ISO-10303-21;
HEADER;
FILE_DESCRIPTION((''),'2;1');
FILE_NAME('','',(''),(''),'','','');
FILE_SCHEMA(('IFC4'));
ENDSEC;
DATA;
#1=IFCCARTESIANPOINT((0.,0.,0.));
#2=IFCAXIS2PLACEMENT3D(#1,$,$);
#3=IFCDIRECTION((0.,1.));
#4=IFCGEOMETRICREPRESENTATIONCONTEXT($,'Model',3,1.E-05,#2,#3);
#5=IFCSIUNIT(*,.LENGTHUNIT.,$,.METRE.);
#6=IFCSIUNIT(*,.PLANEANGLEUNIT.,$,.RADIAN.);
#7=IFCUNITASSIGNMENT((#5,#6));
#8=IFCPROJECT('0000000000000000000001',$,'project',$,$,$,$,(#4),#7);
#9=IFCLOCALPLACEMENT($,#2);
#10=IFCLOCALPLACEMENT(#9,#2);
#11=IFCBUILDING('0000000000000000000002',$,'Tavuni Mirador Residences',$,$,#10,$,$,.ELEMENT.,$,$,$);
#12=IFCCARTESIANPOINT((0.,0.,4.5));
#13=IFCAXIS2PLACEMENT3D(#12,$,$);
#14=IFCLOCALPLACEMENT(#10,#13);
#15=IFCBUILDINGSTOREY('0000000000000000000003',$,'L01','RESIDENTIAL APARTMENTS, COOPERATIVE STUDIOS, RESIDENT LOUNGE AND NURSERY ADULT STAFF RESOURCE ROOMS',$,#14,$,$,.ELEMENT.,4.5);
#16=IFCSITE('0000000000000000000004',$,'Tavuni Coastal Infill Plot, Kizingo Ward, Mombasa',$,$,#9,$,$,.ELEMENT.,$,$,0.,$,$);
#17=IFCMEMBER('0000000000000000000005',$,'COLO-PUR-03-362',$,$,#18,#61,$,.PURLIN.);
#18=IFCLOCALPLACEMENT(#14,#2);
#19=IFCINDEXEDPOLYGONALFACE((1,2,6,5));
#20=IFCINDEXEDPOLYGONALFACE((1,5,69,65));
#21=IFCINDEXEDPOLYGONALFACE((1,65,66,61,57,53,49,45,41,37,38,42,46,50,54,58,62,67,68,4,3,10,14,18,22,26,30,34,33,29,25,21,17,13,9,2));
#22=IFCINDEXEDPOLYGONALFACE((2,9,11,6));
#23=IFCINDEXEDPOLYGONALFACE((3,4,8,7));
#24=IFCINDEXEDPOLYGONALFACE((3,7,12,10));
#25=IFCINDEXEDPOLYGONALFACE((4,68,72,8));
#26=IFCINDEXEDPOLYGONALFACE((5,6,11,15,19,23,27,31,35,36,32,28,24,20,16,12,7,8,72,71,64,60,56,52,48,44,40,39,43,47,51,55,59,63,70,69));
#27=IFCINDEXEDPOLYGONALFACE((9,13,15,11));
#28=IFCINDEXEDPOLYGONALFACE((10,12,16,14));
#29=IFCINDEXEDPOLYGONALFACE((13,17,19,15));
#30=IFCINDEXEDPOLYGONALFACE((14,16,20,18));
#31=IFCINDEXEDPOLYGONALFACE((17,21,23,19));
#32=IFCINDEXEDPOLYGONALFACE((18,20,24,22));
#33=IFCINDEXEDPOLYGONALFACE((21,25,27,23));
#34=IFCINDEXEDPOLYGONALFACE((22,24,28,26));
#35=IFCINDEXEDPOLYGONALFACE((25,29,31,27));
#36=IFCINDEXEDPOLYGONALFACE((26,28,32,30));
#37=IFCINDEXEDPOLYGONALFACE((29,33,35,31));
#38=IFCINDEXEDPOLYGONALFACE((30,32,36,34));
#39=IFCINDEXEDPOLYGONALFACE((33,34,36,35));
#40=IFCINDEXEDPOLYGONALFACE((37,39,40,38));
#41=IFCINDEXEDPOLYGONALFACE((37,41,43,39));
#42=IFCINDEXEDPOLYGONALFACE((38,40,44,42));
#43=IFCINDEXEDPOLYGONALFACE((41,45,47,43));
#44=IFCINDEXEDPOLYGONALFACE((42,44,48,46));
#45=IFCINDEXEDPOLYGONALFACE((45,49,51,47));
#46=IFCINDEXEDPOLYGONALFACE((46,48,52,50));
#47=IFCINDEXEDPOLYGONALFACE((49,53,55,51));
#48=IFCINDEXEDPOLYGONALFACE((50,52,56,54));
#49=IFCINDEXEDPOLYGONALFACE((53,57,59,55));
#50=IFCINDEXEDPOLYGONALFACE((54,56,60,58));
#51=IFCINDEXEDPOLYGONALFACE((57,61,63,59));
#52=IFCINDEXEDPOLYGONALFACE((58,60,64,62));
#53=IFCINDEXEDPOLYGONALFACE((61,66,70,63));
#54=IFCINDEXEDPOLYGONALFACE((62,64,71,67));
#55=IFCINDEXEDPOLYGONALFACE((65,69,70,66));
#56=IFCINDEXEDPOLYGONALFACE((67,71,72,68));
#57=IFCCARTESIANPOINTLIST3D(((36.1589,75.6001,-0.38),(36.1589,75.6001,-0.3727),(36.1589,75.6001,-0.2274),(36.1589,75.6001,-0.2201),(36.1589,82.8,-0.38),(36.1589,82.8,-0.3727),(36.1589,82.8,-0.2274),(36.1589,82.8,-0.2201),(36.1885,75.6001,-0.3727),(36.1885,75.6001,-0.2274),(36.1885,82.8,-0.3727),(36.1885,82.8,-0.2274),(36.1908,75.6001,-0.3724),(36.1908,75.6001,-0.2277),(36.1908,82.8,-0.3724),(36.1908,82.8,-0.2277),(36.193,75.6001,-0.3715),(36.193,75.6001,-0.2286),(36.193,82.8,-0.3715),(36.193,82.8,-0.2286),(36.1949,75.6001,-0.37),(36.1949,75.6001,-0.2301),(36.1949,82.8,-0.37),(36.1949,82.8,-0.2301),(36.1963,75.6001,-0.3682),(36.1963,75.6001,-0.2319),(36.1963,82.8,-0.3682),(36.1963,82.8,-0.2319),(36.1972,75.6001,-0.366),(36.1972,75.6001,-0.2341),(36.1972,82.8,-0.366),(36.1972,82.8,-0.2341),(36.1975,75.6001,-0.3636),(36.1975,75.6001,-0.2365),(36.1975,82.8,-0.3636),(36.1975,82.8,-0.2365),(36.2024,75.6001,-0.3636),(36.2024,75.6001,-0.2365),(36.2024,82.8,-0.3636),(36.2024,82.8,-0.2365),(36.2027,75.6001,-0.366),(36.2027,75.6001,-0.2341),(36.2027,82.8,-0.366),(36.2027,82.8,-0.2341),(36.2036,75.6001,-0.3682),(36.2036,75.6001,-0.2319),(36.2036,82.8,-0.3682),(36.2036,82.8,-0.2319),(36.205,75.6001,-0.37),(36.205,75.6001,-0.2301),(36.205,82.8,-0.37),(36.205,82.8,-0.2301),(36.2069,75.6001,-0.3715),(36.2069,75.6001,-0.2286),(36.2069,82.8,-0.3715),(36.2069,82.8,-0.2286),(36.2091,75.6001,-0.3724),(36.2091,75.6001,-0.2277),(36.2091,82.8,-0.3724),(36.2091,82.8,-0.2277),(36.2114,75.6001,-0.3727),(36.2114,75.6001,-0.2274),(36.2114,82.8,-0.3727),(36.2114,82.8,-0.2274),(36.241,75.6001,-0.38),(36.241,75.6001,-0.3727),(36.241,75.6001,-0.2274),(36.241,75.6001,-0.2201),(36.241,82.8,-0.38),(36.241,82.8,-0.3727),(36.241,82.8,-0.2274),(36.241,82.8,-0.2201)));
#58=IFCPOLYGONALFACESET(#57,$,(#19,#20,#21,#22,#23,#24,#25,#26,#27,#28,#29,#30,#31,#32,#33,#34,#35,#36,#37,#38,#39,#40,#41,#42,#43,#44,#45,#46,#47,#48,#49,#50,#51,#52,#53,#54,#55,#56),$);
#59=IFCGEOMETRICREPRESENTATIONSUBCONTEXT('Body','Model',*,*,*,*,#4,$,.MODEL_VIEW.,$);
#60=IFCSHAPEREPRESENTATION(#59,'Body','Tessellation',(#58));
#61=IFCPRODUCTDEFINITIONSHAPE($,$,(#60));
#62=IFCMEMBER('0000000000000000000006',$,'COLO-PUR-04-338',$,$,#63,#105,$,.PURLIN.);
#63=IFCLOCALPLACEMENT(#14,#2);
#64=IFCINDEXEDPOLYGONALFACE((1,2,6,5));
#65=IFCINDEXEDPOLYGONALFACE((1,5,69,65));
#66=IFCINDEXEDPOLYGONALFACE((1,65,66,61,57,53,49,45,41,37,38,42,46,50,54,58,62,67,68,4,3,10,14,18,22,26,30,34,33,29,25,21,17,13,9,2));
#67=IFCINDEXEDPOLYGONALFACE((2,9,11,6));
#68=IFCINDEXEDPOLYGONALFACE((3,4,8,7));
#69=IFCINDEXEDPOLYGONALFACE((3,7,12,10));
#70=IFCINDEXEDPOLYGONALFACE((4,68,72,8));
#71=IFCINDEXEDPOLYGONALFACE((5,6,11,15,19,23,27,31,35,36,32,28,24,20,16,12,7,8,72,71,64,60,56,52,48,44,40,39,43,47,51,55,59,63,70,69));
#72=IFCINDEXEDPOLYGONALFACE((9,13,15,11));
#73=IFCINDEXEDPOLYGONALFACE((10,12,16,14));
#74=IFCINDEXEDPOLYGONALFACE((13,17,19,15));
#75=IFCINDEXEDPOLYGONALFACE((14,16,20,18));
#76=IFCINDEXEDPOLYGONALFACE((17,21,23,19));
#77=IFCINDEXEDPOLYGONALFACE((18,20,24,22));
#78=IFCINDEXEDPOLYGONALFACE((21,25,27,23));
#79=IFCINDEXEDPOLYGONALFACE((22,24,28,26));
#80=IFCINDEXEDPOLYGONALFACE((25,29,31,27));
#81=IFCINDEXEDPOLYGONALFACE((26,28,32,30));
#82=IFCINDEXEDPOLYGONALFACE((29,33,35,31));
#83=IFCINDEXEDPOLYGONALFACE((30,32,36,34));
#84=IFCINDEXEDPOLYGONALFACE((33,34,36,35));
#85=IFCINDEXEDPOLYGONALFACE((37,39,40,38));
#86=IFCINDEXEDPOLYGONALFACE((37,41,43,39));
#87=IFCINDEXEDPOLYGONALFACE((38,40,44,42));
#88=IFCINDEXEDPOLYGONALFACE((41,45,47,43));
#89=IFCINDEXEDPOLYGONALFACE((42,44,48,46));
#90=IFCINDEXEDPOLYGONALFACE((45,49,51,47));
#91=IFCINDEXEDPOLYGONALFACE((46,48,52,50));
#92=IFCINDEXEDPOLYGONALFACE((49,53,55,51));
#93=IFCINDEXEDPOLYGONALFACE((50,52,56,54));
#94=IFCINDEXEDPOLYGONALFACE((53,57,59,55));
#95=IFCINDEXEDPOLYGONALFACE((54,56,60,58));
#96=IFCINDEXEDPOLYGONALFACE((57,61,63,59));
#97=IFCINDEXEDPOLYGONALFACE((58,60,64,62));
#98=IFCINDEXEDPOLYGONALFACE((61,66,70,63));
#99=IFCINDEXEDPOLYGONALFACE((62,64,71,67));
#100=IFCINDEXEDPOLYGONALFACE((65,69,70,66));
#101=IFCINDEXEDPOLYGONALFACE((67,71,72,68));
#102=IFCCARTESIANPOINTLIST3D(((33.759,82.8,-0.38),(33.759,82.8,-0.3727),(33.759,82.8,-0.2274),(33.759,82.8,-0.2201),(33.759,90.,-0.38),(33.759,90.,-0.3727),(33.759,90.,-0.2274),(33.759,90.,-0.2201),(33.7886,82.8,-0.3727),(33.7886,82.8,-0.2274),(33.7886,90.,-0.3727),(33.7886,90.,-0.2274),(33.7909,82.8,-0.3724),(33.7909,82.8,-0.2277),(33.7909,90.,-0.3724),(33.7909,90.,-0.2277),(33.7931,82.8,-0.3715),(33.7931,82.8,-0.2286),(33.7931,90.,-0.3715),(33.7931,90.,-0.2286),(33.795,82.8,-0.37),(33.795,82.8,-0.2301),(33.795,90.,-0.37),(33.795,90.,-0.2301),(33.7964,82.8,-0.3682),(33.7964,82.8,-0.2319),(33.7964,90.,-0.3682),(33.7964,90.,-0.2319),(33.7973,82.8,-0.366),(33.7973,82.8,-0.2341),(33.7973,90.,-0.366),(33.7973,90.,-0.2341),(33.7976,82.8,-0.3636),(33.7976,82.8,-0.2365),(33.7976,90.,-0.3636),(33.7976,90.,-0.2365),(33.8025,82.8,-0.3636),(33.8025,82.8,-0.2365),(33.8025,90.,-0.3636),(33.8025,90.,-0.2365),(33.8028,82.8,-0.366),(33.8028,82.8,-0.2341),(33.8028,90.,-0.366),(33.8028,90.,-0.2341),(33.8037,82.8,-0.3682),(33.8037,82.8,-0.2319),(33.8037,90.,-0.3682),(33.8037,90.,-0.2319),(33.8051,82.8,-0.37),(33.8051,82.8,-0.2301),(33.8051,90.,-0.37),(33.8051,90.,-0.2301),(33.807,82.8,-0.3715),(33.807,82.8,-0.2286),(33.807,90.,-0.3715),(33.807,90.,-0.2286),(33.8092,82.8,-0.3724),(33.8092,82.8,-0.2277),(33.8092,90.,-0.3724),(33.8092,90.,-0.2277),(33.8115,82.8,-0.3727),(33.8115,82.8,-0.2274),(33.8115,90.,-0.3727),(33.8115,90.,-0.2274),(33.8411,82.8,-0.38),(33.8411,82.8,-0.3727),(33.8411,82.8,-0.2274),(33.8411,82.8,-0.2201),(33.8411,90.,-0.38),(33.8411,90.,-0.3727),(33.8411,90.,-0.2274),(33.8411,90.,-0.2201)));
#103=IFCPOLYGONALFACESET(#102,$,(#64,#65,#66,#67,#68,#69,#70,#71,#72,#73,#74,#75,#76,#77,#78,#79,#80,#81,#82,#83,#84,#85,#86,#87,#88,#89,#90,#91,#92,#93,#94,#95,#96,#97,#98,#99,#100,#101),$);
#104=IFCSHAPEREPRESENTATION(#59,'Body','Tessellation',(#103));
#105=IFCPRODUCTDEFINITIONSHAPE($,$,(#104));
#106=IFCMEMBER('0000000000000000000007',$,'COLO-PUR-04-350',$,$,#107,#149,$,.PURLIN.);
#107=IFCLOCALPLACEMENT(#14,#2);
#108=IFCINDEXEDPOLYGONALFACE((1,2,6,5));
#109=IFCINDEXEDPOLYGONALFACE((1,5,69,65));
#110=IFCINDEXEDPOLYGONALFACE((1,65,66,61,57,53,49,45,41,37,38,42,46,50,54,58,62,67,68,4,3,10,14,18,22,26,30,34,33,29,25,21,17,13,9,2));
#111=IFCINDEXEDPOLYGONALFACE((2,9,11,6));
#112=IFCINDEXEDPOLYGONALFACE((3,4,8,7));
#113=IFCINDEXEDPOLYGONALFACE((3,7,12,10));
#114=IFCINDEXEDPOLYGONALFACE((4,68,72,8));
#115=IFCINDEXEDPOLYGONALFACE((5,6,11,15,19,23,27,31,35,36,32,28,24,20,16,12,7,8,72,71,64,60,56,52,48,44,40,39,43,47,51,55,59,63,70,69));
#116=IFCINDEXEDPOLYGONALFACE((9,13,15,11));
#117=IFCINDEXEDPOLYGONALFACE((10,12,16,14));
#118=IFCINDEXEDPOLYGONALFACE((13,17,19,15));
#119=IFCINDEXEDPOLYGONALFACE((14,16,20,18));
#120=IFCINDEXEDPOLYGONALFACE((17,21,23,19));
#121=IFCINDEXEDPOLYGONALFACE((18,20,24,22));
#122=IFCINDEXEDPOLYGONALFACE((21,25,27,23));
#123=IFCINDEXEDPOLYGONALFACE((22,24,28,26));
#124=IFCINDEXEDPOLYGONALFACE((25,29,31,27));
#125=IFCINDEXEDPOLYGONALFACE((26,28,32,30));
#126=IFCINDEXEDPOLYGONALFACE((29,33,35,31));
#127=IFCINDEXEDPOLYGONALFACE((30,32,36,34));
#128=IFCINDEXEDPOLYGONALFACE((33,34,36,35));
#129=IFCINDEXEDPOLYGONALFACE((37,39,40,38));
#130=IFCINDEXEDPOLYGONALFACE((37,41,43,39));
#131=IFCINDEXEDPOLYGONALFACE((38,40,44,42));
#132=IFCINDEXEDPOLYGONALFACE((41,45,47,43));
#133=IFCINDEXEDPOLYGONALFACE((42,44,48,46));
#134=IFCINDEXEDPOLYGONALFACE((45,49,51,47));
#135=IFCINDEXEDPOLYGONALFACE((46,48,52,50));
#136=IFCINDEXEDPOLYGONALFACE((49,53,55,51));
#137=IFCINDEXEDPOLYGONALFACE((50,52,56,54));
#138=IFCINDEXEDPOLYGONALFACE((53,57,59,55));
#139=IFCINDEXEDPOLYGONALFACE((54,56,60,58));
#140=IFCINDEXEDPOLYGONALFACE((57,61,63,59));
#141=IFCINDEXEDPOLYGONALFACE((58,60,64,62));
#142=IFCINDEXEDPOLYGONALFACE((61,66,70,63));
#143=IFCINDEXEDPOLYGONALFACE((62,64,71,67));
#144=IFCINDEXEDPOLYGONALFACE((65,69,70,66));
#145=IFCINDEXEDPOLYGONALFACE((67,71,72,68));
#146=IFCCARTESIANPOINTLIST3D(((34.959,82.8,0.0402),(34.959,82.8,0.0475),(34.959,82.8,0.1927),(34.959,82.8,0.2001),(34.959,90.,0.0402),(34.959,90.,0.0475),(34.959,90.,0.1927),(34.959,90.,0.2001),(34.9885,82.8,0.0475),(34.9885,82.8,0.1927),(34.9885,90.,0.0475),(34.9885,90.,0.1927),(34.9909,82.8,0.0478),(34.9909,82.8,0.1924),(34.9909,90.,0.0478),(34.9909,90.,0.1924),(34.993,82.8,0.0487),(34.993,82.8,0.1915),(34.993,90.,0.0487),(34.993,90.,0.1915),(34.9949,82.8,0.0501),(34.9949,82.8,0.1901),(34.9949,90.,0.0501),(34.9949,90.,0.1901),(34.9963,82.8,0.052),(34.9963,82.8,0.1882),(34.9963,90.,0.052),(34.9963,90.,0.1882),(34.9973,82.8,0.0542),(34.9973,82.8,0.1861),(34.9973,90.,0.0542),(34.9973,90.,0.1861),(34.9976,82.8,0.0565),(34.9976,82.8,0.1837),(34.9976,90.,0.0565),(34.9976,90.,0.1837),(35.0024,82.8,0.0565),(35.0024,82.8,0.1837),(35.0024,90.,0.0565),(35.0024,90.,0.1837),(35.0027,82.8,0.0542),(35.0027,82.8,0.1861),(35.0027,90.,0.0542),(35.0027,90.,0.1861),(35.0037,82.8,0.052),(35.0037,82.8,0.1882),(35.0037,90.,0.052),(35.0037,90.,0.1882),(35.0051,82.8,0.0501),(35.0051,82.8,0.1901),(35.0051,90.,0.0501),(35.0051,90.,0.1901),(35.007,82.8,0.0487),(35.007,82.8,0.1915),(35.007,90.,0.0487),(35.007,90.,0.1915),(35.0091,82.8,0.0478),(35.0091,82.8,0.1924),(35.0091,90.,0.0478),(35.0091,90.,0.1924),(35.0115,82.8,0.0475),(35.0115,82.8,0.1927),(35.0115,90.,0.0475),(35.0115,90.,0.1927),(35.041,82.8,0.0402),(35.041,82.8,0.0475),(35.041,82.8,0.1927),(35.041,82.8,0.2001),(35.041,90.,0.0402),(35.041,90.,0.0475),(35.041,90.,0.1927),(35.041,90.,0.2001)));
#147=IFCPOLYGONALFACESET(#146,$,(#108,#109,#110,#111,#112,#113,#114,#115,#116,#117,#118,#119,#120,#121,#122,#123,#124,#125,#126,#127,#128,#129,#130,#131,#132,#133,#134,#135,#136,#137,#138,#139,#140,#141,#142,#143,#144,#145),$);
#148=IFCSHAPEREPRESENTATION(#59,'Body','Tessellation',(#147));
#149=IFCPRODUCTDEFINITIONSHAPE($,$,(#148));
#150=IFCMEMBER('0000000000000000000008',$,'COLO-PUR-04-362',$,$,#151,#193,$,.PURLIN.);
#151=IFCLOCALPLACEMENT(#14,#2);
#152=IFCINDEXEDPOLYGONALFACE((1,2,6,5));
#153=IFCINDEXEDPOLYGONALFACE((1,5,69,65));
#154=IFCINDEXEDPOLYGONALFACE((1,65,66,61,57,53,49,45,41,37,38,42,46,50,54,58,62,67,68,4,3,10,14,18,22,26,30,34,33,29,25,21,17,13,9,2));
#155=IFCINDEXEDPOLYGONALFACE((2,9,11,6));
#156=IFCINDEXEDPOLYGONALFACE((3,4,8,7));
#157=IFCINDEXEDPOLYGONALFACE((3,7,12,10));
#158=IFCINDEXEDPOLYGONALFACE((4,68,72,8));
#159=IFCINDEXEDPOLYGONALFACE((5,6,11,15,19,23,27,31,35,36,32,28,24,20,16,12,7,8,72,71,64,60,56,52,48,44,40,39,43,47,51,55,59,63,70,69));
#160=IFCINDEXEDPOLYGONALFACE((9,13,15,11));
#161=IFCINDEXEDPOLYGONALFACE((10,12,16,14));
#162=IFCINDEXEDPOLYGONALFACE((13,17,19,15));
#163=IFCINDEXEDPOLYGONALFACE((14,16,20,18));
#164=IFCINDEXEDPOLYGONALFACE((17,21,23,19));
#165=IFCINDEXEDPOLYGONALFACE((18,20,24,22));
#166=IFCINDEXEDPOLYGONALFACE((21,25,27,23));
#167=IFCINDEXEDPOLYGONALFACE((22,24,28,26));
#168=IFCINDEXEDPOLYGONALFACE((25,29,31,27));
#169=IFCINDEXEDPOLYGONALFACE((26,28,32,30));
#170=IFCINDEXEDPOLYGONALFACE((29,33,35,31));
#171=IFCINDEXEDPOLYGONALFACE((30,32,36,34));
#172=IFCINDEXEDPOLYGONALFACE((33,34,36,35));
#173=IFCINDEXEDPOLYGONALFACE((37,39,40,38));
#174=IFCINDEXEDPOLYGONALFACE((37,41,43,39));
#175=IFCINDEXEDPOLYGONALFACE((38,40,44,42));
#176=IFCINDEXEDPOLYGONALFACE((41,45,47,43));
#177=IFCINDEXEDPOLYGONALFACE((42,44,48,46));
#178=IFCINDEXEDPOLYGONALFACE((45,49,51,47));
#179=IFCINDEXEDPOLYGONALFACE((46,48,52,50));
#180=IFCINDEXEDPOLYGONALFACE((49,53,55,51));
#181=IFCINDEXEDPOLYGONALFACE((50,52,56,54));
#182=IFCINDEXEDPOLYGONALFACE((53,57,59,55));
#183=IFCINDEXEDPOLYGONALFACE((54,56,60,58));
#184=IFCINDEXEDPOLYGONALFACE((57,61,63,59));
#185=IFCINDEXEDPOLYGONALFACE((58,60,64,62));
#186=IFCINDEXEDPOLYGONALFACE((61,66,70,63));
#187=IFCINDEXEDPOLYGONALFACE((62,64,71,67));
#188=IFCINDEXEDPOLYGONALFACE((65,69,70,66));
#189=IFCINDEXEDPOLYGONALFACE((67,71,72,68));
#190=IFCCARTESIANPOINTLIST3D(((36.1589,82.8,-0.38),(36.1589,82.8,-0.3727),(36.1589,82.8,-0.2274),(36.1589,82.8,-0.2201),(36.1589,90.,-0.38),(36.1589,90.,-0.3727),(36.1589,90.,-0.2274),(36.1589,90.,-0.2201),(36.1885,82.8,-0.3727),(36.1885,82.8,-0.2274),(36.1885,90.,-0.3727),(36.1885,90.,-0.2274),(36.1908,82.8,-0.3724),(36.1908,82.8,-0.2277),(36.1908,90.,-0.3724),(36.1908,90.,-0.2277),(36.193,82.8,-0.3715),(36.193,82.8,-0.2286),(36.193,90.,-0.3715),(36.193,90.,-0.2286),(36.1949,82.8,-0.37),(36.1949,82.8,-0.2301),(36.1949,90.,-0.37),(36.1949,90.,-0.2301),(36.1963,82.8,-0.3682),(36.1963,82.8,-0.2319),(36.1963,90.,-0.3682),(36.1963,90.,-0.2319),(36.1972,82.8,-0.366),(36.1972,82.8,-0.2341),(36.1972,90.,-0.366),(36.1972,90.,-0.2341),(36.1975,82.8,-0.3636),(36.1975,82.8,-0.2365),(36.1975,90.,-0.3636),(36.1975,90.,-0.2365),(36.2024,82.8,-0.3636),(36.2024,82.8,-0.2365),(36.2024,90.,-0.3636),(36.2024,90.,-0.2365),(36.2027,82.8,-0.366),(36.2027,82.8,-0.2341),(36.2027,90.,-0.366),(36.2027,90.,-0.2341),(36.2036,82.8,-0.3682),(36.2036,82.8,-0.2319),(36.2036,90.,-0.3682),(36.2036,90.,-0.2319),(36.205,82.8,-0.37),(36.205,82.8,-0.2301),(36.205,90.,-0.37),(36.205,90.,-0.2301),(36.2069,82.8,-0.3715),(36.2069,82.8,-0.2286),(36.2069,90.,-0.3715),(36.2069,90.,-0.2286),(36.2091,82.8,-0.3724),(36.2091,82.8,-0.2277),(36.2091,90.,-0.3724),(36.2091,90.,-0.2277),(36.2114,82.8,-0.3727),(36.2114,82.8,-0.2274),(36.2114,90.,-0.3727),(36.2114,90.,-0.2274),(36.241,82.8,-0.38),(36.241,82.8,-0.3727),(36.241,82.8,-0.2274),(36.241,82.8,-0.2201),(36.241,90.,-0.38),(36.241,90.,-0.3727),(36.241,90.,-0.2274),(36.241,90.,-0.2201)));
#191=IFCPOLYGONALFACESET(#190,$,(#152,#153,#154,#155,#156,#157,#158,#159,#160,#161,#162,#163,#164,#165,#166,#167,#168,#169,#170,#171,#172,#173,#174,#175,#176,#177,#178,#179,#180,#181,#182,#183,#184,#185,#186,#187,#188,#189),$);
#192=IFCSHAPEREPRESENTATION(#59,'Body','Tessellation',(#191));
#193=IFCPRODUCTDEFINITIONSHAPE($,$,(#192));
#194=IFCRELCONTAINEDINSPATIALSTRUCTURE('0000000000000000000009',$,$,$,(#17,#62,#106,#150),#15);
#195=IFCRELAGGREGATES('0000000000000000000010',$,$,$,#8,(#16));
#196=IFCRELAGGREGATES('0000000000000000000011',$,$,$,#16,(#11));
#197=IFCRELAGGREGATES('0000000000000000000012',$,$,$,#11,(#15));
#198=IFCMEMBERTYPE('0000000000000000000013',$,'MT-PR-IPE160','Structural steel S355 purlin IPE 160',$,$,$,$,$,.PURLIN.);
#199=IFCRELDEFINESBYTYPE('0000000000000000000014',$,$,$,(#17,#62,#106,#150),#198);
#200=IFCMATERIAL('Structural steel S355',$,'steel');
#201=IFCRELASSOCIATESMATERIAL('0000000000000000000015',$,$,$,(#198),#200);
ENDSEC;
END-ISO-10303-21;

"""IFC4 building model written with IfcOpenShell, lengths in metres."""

from ifc_helpers import new_model, si_unit, direction, frame, origin, origin_2d, place, context, subcontext, project, spatial, i_section, extrude, material, material_profile, profile_set, type_object, element, save


model = new_model("IFC4")

# Units and contexts
model_context = context("Model", 3, precision=1e-05, world=origin(), true_north=direction((0.0, 1.0)))
body_context = subcontext(model_context, "Body", "Model", "MODEL_VIEW")
ifc_project = project(units=[si_unit("LENGTHUNIT", "METRE"), si_unit("PLANEANGLEUNIT", "RADIAN")], contexts=[model_context])

# Site, building, storey
site_placement = place(None, origin())
site = spatial("IfcSite", under=ifc_project, at=site_placement, Name="Tavuni Coastal Infill Plot, Kizingo Ward, Mombasa", CompositionType="ELEMENT", RefElevation=0.0)
building_placement = place(site_placement, origin())
building = spatial("IfcBuilding", under=site, at=building_placement, Name="Tavuni Mirador Residences", CompositionType="ELEMENT")
storey_placement = place(building_placement, frame((0.0, 0.0, 4.5)))
storey = spatial("IfcBuildingStorey", under=building, at=storey_placement, Name="L01", Description="RESIDENTIAL APARTMENTS, COOPERATIVE STUDIOS, RESIDENT LOUNGE AND NURSERY ADULT STAFF RESOURCE ROOMS", CompositionType="ELEMENT", Elevation=4.5)

# Shared definitions
ifc_material = material(Name="Structural steel S355", Category="steel")

# Members
ifc_material_profile_1 = material_profile(ifc_material, i_section(OverallWidth=0.082, OverallDepth=0.1599, WebThickness=0.0049, FlangeThickness=0.0073, FilletRadius=0.009, at=origin_2d()), Name="IPE 160", Category="steel")
ifc_profile_set_1 = profile_set([ifc_material_profile_1], Name="Structural steel S355")
member_type_1 = type_object("IfcMemberType", Name="MT-PR-IPE160", Description="Structural steel S355 purlin IPE 160", PredefinedType="PURLIN", material=ifc_profile_set_1)
for number, where, z_axis, x_axis, name in (
    (1, (36.2, 75.6001, -0.3), (0.0, 1.0, 0.0), (-1.0, 0.0, 0.0), "COLO-PUR-03-362"),
    (2, (33.8, 82.8, -0.3), (0.0, 1.0, 0.0), (-1.0, 0.0, 0.0), "COLO-PUR-04-338"),
    (3, (35.0, 82.8, 0.1201), (0.0, 1.0, 0.0), (-1.0, 0.0, 0.0), "COLO-PUR-04-350"),
    (4, (36.2, 82.8, -0.3), (0.0, 1.0, 0.0), (-1.0, 0.0, 0.0), "COLO-PUR-04-362"),
):
    element("IfcMember", number, at=place(storey_placement, frame(where, z_axis=z_axis, x_axis=x_axis)), inside=storey, type_object=member_type_1, Name=name, PredefinedType="PURLIN", context=body_context, shape_type="SweptSolid", body=[
        extrude(i_section(OverallWidth=0.082, OverallDepth=0.1599, WebThickness=0.0049, FlangeThickness=0.0073, FilletRadius=0.009, at=origin_2d()), origin(), (0.0, 0.0, 1.0), 7.2),
    ])

save(model, "model.ifc")
